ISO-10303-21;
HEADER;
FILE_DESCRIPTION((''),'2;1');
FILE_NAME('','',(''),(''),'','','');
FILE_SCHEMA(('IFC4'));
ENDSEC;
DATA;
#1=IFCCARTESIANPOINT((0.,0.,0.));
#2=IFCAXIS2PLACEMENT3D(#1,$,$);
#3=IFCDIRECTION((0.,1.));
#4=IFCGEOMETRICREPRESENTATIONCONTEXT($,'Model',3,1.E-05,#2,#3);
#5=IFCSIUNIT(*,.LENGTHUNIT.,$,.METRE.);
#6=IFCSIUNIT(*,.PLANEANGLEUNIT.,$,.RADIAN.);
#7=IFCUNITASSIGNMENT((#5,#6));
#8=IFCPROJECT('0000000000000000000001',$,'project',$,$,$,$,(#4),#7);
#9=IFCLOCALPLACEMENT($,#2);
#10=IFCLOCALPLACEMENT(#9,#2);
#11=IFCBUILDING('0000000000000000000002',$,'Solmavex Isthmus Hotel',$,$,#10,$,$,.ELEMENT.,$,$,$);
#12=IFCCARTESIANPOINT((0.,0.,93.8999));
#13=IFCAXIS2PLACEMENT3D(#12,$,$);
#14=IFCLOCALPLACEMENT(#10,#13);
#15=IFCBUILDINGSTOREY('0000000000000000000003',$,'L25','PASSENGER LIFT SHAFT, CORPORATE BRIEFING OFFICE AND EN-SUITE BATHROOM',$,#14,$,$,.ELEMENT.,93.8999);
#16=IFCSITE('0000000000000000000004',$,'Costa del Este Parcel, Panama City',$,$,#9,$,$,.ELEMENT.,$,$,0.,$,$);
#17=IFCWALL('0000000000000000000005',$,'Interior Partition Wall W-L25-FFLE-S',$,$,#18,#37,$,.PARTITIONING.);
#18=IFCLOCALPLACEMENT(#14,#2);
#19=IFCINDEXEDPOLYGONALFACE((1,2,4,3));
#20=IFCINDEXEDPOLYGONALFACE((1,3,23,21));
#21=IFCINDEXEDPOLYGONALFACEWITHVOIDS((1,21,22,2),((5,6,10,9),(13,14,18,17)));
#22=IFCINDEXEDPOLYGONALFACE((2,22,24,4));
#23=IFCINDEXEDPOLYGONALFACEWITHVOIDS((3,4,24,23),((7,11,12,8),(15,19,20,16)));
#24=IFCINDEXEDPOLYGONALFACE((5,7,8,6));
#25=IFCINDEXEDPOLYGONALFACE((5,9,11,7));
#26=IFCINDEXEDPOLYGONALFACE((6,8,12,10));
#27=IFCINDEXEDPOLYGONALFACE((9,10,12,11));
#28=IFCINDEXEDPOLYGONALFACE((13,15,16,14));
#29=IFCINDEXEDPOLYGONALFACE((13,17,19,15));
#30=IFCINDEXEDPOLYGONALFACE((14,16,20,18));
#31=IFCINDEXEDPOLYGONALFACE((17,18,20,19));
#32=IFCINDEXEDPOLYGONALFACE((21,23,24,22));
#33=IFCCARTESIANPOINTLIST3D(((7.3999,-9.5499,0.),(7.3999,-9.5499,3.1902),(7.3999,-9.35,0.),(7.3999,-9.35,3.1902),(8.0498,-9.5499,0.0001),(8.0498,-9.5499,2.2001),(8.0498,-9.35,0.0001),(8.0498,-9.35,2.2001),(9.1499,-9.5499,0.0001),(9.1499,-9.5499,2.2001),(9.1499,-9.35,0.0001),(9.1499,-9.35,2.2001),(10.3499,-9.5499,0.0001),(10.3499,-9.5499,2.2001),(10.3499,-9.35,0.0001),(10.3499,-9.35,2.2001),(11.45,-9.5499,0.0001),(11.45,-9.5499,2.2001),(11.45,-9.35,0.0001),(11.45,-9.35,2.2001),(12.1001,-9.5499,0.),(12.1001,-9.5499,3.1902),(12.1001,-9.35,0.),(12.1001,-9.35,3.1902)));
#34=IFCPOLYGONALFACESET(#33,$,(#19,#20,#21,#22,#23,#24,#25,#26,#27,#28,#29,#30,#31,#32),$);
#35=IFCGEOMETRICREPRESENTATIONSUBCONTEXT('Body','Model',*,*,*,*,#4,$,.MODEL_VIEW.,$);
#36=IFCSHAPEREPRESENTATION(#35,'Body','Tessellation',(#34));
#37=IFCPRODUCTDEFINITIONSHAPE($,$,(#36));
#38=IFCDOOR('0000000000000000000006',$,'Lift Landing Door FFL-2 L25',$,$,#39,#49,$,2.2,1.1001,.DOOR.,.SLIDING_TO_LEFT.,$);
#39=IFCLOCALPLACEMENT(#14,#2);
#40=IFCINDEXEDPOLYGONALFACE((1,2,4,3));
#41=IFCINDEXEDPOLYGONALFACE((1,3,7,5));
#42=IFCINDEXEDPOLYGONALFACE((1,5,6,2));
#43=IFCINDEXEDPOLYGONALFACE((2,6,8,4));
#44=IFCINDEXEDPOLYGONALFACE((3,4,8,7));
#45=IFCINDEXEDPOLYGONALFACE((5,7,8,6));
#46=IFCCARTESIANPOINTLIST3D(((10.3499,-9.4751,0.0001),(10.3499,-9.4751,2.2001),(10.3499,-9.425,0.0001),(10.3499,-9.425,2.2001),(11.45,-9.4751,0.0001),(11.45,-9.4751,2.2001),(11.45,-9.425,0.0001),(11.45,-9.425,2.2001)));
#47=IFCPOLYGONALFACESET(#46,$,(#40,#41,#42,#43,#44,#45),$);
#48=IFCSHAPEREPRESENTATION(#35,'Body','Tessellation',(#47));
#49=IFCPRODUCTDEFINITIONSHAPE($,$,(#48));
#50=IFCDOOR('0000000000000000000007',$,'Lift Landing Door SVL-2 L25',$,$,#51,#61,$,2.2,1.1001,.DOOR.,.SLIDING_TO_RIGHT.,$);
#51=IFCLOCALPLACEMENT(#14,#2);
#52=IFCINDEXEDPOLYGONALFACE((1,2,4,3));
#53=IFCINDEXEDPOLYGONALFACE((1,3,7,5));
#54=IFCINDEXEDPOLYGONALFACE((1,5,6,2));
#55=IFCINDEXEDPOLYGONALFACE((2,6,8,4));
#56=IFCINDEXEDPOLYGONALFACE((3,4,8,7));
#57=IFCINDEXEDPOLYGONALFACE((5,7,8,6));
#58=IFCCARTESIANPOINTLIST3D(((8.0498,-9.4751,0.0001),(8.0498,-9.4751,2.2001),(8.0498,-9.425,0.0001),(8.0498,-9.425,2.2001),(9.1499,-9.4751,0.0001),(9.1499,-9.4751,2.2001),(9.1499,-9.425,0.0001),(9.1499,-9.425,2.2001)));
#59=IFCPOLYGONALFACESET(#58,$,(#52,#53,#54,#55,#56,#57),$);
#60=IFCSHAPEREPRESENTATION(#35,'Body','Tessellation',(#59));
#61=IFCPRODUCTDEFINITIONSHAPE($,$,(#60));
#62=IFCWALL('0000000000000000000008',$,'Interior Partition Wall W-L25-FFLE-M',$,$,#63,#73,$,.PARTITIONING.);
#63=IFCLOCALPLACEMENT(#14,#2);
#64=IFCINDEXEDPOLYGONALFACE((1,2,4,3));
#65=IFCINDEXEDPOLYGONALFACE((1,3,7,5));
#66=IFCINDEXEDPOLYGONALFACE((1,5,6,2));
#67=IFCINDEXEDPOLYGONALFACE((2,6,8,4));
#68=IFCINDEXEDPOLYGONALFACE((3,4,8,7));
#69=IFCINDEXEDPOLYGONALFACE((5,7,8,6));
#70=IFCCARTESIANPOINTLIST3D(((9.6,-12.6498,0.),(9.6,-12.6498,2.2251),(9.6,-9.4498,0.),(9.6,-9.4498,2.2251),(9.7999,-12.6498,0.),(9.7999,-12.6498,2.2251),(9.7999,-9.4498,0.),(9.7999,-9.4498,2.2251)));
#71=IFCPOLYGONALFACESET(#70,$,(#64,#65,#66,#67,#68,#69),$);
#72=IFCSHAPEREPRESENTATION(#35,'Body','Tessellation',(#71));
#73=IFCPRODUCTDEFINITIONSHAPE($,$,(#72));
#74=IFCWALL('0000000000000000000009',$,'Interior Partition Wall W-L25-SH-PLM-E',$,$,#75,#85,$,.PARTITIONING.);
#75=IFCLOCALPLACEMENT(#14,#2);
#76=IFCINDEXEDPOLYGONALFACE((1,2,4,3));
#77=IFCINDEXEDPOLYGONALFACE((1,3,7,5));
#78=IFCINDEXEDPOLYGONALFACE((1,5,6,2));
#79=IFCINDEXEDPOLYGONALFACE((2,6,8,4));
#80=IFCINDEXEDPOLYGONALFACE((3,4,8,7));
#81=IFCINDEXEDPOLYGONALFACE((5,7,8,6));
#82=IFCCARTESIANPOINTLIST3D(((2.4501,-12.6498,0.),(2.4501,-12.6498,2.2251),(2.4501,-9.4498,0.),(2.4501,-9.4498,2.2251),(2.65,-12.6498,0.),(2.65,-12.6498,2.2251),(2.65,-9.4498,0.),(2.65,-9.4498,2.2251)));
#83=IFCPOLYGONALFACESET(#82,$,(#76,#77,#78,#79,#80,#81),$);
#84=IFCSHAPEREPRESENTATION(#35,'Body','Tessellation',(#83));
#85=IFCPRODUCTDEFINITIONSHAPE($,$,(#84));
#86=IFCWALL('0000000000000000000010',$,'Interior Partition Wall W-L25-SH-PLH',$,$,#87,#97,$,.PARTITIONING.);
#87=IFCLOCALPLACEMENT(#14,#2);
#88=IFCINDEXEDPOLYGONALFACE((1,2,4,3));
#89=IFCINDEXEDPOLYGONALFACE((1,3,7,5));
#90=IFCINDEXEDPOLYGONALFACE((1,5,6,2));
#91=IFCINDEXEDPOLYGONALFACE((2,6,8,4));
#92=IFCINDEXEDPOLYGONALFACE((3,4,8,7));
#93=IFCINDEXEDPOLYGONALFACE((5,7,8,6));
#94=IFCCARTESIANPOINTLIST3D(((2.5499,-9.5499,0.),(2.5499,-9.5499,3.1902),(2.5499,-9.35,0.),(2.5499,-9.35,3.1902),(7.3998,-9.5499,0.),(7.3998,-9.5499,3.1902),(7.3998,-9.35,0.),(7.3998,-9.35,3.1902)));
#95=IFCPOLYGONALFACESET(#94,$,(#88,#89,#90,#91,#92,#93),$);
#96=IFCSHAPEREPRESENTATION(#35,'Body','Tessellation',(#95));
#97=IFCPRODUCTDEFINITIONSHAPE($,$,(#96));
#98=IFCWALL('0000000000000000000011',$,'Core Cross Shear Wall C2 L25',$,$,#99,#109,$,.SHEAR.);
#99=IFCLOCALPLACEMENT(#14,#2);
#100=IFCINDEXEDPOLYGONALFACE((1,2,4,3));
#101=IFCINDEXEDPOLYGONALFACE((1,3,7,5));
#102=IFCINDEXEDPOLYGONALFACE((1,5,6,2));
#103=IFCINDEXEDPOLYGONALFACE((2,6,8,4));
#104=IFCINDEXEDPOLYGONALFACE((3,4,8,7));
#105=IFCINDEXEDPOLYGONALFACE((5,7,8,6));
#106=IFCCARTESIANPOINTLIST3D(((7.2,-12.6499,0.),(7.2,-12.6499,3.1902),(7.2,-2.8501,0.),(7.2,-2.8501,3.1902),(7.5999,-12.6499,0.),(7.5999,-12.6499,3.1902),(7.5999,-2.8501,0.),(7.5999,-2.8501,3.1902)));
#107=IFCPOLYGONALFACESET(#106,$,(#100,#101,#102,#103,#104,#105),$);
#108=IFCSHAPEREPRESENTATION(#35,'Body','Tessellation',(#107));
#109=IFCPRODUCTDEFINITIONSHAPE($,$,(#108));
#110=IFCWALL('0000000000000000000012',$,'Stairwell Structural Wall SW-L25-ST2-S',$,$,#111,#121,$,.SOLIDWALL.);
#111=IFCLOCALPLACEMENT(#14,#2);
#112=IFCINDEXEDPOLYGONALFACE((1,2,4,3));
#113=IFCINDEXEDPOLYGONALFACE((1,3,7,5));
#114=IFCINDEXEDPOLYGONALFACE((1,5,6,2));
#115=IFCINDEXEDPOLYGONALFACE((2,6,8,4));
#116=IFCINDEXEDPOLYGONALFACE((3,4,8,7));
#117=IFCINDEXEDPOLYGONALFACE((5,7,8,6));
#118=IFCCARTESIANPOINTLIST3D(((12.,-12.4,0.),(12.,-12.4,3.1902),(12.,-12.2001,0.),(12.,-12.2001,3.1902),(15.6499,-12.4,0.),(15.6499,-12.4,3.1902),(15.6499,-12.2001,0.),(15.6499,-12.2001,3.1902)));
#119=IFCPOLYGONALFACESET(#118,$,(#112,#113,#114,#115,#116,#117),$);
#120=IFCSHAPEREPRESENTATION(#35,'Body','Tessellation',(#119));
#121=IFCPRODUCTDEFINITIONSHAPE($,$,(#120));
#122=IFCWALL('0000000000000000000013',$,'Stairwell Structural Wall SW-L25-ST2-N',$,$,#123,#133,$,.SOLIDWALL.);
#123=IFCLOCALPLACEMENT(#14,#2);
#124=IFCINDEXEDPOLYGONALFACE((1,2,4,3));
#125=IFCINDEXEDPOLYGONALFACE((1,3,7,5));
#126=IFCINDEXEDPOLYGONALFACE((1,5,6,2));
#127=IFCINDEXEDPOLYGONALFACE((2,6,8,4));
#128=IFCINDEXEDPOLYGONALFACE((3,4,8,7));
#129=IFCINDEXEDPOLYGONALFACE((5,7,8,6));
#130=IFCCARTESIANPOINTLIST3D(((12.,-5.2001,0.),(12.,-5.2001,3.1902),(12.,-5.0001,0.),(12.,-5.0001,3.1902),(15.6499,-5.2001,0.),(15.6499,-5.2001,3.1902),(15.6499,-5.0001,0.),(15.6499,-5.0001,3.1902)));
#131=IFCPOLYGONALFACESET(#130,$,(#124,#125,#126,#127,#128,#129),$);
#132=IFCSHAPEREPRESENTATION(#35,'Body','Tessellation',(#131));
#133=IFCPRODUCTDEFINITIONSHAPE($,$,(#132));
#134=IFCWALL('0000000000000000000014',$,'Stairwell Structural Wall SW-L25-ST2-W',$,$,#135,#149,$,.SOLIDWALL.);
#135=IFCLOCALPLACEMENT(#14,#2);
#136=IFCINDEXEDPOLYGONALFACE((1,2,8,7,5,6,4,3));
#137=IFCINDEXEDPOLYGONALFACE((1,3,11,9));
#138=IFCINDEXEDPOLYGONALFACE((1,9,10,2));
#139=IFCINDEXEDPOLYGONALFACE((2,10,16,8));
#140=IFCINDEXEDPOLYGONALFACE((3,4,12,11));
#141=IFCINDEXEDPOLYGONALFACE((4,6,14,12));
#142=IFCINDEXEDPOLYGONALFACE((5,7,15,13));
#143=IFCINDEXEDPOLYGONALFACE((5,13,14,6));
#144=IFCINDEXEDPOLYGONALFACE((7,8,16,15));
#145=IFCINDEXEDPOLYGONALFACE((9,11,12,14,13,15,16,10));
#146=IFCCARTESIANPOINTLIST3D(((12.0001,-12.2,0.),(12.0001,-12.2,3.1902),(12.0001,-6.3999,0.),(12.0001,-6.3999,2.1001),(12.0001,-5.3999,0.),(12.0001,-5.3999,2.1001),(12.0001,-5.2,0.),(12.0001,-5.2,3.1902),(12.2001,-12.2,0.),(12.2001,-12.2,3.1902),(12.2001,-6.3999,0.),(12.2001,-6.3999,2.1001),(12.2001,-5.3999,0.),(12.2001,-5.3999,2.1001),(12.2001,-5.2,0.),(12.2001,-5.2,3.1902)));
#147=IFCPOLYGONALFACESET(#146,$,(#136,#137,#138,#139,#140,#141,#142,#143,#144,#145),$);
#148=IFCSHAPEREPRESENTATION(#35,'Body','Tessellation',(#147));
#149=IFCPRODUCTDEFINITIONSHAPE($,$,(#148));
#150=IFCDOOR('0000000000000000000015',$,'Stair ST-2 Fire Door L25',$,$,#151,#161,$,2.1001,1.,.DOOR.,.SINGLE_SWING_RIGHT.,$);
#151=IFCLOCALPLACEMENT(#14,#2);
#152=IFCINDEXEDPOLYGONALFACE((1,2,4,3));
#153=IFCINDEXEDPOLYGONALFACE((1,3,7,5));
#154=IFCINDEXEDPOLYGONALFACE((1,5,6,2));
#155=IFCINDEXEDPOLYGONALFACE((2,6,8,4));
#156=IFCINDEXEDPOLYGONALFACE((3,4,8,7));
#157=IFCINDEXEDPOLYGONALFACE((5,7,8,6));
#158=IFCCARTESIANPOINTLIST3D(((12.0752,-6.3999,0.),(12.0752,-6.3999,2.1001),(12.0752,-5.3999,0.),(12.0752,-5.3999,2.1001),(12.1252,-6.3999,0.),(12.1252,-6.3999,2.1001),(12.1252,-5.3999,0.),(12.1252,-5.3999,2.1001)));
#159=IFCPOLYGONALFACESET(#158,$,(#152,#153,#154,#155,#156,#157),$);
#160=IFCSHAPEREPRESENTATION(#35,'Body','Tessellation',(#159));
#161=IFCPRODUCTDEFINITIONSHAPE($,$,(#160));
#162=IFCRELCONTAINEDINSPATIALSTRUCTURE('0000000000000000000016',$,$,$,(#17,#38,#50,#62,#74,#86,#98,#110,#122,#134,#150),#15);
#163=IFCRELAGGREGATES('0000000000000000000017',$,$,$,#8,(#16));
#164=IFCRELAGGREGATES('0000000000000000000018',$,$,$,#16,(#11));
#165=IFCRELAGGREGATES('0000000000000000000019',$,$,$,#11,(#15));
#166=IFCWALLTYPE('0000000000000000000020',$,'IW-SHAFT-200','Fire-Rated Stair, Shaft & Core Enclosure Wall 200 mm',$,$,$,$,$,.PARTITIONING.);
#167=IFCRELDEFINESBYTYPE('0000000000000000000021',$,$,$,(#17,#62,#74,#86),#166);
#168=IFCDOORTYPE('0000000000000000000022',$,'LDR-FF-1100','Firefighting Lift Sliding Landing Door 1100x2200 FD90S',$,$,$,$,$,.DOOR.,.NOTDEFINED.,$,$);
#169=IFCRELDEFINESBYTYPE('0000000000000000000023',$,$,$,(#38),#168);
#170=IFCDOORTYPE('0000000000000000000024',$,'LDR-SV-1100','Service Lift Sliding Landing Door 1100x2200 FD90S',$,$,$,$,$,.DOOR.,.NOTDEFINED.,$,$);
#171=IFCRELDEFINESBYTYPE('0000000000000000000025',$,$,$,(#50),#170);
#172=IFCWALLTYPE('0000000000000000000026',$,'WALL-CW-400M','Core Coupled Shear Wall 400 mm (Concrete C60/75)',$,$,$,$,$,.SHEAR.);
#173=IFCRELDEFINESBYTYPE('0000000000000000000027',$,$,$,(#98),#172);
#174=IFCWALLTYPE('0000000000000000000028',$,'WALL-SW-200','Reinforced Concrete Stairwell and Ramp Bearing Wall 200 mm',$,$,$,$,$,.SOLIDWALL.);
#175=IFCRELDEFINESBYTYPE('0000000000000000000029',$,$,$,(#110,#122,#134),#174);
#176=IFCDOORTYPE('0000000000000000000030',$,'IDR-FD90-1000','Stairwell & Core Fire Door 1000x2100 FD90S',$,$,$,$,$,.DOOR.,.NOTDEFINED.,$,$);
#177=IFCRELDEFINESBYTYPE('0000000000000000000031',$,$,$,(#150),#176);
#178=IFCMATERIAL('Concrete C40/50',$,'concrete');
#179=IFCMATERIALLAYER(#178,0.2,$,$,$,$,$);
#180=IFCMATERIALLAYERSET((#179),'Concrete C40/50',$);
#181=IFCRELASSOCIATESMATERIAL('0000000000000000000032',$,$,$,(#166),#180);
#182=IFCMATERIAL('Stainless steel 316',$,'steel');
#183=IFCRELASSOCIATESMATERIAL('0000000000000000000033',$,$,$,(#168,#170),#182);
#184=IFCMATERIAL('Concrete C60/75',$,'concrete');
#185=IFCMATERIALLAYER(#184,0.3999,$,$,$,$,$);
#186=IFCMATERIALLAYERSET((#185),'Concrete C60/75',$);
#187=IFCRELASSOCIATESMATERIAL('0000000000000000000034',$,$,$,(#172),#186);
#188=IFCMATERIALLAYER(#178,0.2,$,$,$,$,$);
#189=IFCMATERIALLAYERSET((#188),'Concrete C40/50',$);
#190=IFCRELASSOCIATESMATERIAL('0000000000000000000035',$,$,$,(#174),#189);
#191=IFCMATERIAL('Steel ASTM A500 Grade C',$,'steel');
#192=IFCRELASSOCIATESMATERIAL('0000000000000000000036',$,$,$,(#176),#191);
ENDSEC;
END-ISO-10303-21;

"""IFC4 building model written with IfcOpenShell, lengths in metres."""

from ifc_helpers import new_model, si_unit, direction, frame, frame_2d, origin, place, context, subcontext, project, spatial, rectangle, extrude, material, layer, layer_set, type_object, element, fill, save


model = new_model("IFC4")

# Units and contexts
model_context = context("Model", 3, precision=1e-05, world=origin(), true_north=direction((0.0, 1.0)))
body_context = subcontext(model_context, "Body", "Model", "MODEL_VIEW")
ifc_project = project(units=[si_unit("LENGTHUNIT", "METRE"), si_unit("PLANEANGLEUNIT", "RADIAN")], contexts=[model_context])

# Site, building, storey
site_placement = place(None, origin())
site = spatial("IfcSite", under=ifc_project, at=site_placement, Name="Costa del Este Parcel, Panama City", CompositionType="ELEMENT", RefElevation=0.0)
building_placement = place(site_placement, origin())
building = spatial("IfcBuilding", under=site, at=building_placement, Name="Solmavex Isthmus Hotel", CompositionType="ELEMENT")
storey_placement = place(building_placement, frame((0.0, 0.0, 93.8999)))
storey = spatial("IfcBuildingStorey", under=building, at=storey_placement, Name="L25", Description="PASSENGER LIFT SHAFT, CORPORATE BRIEFING OFFICE AND EN-SUITE BATHROOM", CompositionType="ELEMENT", Elevation=93.8999)

# Shared definitions
ifc_material_1 = material(Name="Concrete C60/75", Category="concrete")

# Shared definitions
ifc_material_2 = material(Name="Concrete C40/50", Category="concrete")

# Shared definitions
ifc_layer_1 = layer(ifc_material_2, 0.2)
ifc_layer_set_1 = layer_set([ifc_layer_1], Name="Concrete C40/50")
wall_type_1 = type_object("IfcWallType", Name="IW-SHAFT-200", Description="Fire-Rated Stair, Shaft & Core Enclosure Wall 200 mm", PredefinedType="PARTITIONING", material=ifc_layer_set_1)
ifc_material_3 = material(Name="Steel ASTM A500 Grade C", Category="steel")

# Wall, openings, doors
wall_1_placement = place(storey_placement, frame((7.3999, -9.45, 0.0), z_axis=(0.0, 0.0, 1.0), x_axis=(1.0, 0.0, 0.0)))
wall_1 = element("IfcWall", 1, at=wall_1_placement, inside=storey, type_object=wall_type_1, Name="Interior Partition Wall W-L25-FFLE-S", PredefinedType="PARTITIONING", context=body_context, shape_type="SweptSolid", body=[
    extrude(rectangle(XDim=4.7002, YDim=0.2, at=frame_2d((2.3501, 0.0))), origin(), (0.0, 0.0, 1.0), 3.1902),
])
opening_1_placement = place(wall_1_placement, frame((2.95, 0.0, 0.0)))
opening_1 = element("IfcOpeningElement", 2, at=opening_1_placement, cuts=wall_1, PredefinedType="OPENING", context=body_context, shape_type="SweptSolid", body=[
    extrude(rectangle(XDim=1.1001, YDim=2.2, at=frame_2d((0.55, 1.1001))), frame((0.0, 0.1099, 0.0), z_axis=(0.0, -1.0, 0.0), x_axis=(1.0, 0.0, 0.0)), (0.0, 0.0, 1.0), 0.22),
])
opening_2_placement = place(wall_1_placement, frame((0.6499, 0.0, 0.0)))
opening_2 = element("IfcOpeningElement", 3, at=opening_2_placement, cuts=wall_1, PredefinedType="OPENING", context=body_context, shape_type="SweptSolid", body=[
    extrude(rectangle(XDim=1.1001, YDim=2.2, at=frame_2d((0.55, 1.1001))), frame((0.0, 0.1099, 0.0), z_axis=(0.0, -1.0, 0.0), x_axis=(1.0, 0.0, 0.0)), (0.0, 0.0, 1.0), 0.22),
])
ifc_material_4 = material(Name="Stainless steel 316", Category="steel")
door_type_1 = type_object("IfcDoorType", Name="LDR-FF-1100", Description="Firefighting Lift Sliding Landing Door 1100x2200 FD90S", OperationType="NOTDEFINED", PredefinedType="DOOR", material=ifc_material_4)
door_1_placement = place(opening_1_placement, origin())
door_1 = element("IfcDoor", 4, at=door_1_placement, inside=storey, type_object=door_type_1, Name="Lift Landing Door FFL-2 L25", OperationType="SLIDING_TO_LEFT", OverallHeight=2.2, OverallWidth=1.1001, PredefinedType="DOOR", context=body_context, shape_type="SweptSolid", body=[
    extrude(rectangle(XDim=1.1001, YDim=2.2, at=frame_2d((0.55, 1.1001))), frame((0.0, 0.0249, 0.0), z_axis=(0.0, -1.0, 0.0), x_axis=(1.0, 0.0, 0.0)), (0.0, 0.0, 1.0), 0.05),
])
fill(opening_1, door_1)
door_type_2 = type_object("IfcDoorType", Name="LDR-SV-1100", Description="Service Lift Sliding Landing Door 1100x2200 FD90S", OperationType="NOTDEFINED", PredefinedType="DOOR", material=ifc_material_4)
door_2_placement = place(opening_2_placement, origin())
door_2 = element("IfcDoor", 5, at=door_2_placement, inside=storey, type_object=door_type_2, Name="Lift Landing Door SVL-2 L25", OperationType="SLIDING_TO_RIGHT", OverallHeight=2.2, OverallWidth=1.1001, PredefinedType="DOOR", context=body_context, shape_type="SweptSolid", body=[
    extrude(rectangle(XDim=1.1001, YDim=2.2, at=frame_2d((0.55, 1.1001))), frame((0.0, 0.0249, 0.0), z_axis=(0.0, -1.0, 0.0), x_axis=(1.0, 0.0, 0.0)), (0.0, 0.0, 1.0), 0.05),
])
fill(opening_2, door_2)

# Walls
for number, where, z_axis, x_axis, name in (
    (6, (9.7, -12.6499, 0.0), (0.0, 0.0, 1.0), (0.0, 1.0, 0.0), "Interior Partition Wall W-L25-FFLE-M"),
    (7, (2.55, -12.6499, 0.0), (0.0, 0.0, 1.0), (0.0, 1.0, 0.0), "Interior Partition Wall W-L25-SH-PLM-E"),
):
    element("IfcWall", number, at=place(storey_placement, frame(where, z_axis=z_axis, x_axis=x_axis)), inside=storey, type_object=wall_type_1, Name=name, PredefinedType="PARTITIONING", context=body_context, shape_type="SweptSolid", body=[
        extrude(rectangle(XDim=3.2, YDim=0.2, at=frame_2d((1.6001, 0.0))), origin(), (0.0, 0.0, 1.0), 2.2251),
    ])
wall_2_placement = place(storey_placement, frame((2.55, -9.45, 0.0), z_axis=(0.0, 0.0, 1.0), x_axis=(1.0, 0.0, 0.0)))
element("IfcWall", 8, at=wall_2_placement, inside=storey, type_object=wall_type_1, Name="Interior Partition Wall W-L25-SH-PLH", PredefinedType="PARTITIONING", context=body_context, shape_type="SweptSolid", body=[
    extrude(rectangle(XDim=4.8499, YDim=0.2, at=frame_2d((2.4248, 0.0))), origin(), (0.0, 0.0, 1.0), 3.1902),
])
ifc_layer_2 = layer(ifc_material_1, 0.3999)
ifc_layer_set_2 = layer_set([ifc_layer_2], Name="Concrete C60/75")
wall_type_2 = type_object("IfcWallType", Name="WALL-CW-400M", Description="Core Coupled Shear Wall 400 mm (Concrete C60/75)", PredefinedType="SHEAR", material=ifc_layer_set_2)
wall_3_placement = place(storey_placement, frame((7.3999, -12.6499, 0.0), z_axis=(0.0, 0.0, 1.0), x_axis=(0.0, 1.0, 0.0)))
element("IfcWall", 9, at=wall_3_placement, inside=storey, type_object=wall_type_2, Name="Core Cross Shear Wall C2 L25", PredefinedType="SHEAR", context=body_context, shape_type="SweptSolid", body=[
    extrude(rectangle(XDim=9.7998, YDim=0.3999, at=frame_2d((4.8999, 0.0))), origin(), (0.0, 0.0, 1.0), 3.1902),
])
ifc_layer_3 = layer(ifc_material_2, 0.2)
ifc_layer_set_3 = layer_set([ifc_layer_3], Name="Concrete C40/50")
wall_type_3 = type_object("IfcWallType", Name="WALL-SW-200", Description="Reinforced Concrete Stairwell and Ramp Bearing Wall 200 mm", PredefinedType="SOLIDWALL", material=ifc_layer_set_3)
for number, where, z_axis, x_axis, name in (
    (10, (12.0, -12.3, 0.0), (0.0, 0.0, 1.0), (1.0, 0.0, 0.0), "Stairwell Structural Wall SW-L25-ST2-S"),
    (11, (12.0, -5.1001, 0.0), (0.0, 0.0, 1.0), (1.0, 0.0, 0.0), "Stairwell Structural Wall SW-L25-ST2-N"),
):
    element("IfcWall", number, at=place(storey_placement, frame(where, z_axis=z_axis, x_axis=x_axis)), inside=storey, type_object=wall_type_3, Name=name, PredefinedType="SOLIDWALL", context=body_context, shape_type="SweptSolid", body=[
        extrude(rectangle(XDim=3.6499, YDim=0.2, at=frame_2d((1.825, 0.0))), origin(), (0.0, 0.0, 1.0), 3.1902),
    ])

# Wall, opening, door
wall_4_placement = place(storey_placement, frame((12.1001, -12.2, 0.0), z_axis=(0.0, 0.0, 1.0), x_axis=(0.0, 1.0, 0.0)))
wall_4 = element("IfcWall", 12, at=wall_4_placement, inside=storey, type_object=wall_type_3, Name="Stairwell Structural Wall SW-L25-ST2-W", PredefinedType="SOLIDWALL", context=body_context, shape_type="SweptSolid", body=[
    extrude(rectangle(XDim=7.0, YDim=0.2, at=frame_2d((3.5, 0.0))), origin(), (0.0, 0.0, 1.0), 3.1902),
])
opening_3_placement = place(wall_4_placement, frame((5.8, 0.0, 0.0)))
opening_3 = element("IfcOpeningElement", 13, at=opening_3_placement, cuts=wall_4, PredefinedType="OPENING", context=body_context, shape_type="SweptSolid", body=[
    extrude(rectangle(XDim=1.0, YDim=2.1001, at=frame_2d((0.5, 1.05))), frame((0.0, 0.1099, 0.0), z_axis=(0.0, -1.0, 0.0), x_axis=(1.0, 0.0, 0.0)), (0.0, 0.0, 1.0), 0.22),
])
door_type_3 = type_object("IfcDoorType", Name="IDR-FD90-1000", Description="Stairwell & Core Fire Door 1000x2100 FD90S", OperationType="NOTDEFINED", PredefinedType="DOOR", material=ifc_material_3)
door_3_placement = place(opening_3_placement, origin())
door_3 = element("IfcDoor", 14, at=door_3_placement, inside=storey, type_object=door_type_3, Name="Stair ST-2 Fire Door L25", OperationType="SINGLE_SWING_RIGHT", OverallHeight=2.1001, OverallWidth=1.0, PredefinedType="DOOR", context=body_context, shape_type="SweptSolid", body=[
    extrude(rectangle(XDim=1.0, YDim=2.1001, at=frame_2d((0.5, 1.05))), frame((0.0, 0.0249, 0.0), z_axis=(0.0, -1.0, 0.0), x_axis=(1.0, 0.0, 0.0)), (0.0, 0.0, 1.0), 0.05),
])
fill(opening_3, door_3)

save(model, "model.ifc")
